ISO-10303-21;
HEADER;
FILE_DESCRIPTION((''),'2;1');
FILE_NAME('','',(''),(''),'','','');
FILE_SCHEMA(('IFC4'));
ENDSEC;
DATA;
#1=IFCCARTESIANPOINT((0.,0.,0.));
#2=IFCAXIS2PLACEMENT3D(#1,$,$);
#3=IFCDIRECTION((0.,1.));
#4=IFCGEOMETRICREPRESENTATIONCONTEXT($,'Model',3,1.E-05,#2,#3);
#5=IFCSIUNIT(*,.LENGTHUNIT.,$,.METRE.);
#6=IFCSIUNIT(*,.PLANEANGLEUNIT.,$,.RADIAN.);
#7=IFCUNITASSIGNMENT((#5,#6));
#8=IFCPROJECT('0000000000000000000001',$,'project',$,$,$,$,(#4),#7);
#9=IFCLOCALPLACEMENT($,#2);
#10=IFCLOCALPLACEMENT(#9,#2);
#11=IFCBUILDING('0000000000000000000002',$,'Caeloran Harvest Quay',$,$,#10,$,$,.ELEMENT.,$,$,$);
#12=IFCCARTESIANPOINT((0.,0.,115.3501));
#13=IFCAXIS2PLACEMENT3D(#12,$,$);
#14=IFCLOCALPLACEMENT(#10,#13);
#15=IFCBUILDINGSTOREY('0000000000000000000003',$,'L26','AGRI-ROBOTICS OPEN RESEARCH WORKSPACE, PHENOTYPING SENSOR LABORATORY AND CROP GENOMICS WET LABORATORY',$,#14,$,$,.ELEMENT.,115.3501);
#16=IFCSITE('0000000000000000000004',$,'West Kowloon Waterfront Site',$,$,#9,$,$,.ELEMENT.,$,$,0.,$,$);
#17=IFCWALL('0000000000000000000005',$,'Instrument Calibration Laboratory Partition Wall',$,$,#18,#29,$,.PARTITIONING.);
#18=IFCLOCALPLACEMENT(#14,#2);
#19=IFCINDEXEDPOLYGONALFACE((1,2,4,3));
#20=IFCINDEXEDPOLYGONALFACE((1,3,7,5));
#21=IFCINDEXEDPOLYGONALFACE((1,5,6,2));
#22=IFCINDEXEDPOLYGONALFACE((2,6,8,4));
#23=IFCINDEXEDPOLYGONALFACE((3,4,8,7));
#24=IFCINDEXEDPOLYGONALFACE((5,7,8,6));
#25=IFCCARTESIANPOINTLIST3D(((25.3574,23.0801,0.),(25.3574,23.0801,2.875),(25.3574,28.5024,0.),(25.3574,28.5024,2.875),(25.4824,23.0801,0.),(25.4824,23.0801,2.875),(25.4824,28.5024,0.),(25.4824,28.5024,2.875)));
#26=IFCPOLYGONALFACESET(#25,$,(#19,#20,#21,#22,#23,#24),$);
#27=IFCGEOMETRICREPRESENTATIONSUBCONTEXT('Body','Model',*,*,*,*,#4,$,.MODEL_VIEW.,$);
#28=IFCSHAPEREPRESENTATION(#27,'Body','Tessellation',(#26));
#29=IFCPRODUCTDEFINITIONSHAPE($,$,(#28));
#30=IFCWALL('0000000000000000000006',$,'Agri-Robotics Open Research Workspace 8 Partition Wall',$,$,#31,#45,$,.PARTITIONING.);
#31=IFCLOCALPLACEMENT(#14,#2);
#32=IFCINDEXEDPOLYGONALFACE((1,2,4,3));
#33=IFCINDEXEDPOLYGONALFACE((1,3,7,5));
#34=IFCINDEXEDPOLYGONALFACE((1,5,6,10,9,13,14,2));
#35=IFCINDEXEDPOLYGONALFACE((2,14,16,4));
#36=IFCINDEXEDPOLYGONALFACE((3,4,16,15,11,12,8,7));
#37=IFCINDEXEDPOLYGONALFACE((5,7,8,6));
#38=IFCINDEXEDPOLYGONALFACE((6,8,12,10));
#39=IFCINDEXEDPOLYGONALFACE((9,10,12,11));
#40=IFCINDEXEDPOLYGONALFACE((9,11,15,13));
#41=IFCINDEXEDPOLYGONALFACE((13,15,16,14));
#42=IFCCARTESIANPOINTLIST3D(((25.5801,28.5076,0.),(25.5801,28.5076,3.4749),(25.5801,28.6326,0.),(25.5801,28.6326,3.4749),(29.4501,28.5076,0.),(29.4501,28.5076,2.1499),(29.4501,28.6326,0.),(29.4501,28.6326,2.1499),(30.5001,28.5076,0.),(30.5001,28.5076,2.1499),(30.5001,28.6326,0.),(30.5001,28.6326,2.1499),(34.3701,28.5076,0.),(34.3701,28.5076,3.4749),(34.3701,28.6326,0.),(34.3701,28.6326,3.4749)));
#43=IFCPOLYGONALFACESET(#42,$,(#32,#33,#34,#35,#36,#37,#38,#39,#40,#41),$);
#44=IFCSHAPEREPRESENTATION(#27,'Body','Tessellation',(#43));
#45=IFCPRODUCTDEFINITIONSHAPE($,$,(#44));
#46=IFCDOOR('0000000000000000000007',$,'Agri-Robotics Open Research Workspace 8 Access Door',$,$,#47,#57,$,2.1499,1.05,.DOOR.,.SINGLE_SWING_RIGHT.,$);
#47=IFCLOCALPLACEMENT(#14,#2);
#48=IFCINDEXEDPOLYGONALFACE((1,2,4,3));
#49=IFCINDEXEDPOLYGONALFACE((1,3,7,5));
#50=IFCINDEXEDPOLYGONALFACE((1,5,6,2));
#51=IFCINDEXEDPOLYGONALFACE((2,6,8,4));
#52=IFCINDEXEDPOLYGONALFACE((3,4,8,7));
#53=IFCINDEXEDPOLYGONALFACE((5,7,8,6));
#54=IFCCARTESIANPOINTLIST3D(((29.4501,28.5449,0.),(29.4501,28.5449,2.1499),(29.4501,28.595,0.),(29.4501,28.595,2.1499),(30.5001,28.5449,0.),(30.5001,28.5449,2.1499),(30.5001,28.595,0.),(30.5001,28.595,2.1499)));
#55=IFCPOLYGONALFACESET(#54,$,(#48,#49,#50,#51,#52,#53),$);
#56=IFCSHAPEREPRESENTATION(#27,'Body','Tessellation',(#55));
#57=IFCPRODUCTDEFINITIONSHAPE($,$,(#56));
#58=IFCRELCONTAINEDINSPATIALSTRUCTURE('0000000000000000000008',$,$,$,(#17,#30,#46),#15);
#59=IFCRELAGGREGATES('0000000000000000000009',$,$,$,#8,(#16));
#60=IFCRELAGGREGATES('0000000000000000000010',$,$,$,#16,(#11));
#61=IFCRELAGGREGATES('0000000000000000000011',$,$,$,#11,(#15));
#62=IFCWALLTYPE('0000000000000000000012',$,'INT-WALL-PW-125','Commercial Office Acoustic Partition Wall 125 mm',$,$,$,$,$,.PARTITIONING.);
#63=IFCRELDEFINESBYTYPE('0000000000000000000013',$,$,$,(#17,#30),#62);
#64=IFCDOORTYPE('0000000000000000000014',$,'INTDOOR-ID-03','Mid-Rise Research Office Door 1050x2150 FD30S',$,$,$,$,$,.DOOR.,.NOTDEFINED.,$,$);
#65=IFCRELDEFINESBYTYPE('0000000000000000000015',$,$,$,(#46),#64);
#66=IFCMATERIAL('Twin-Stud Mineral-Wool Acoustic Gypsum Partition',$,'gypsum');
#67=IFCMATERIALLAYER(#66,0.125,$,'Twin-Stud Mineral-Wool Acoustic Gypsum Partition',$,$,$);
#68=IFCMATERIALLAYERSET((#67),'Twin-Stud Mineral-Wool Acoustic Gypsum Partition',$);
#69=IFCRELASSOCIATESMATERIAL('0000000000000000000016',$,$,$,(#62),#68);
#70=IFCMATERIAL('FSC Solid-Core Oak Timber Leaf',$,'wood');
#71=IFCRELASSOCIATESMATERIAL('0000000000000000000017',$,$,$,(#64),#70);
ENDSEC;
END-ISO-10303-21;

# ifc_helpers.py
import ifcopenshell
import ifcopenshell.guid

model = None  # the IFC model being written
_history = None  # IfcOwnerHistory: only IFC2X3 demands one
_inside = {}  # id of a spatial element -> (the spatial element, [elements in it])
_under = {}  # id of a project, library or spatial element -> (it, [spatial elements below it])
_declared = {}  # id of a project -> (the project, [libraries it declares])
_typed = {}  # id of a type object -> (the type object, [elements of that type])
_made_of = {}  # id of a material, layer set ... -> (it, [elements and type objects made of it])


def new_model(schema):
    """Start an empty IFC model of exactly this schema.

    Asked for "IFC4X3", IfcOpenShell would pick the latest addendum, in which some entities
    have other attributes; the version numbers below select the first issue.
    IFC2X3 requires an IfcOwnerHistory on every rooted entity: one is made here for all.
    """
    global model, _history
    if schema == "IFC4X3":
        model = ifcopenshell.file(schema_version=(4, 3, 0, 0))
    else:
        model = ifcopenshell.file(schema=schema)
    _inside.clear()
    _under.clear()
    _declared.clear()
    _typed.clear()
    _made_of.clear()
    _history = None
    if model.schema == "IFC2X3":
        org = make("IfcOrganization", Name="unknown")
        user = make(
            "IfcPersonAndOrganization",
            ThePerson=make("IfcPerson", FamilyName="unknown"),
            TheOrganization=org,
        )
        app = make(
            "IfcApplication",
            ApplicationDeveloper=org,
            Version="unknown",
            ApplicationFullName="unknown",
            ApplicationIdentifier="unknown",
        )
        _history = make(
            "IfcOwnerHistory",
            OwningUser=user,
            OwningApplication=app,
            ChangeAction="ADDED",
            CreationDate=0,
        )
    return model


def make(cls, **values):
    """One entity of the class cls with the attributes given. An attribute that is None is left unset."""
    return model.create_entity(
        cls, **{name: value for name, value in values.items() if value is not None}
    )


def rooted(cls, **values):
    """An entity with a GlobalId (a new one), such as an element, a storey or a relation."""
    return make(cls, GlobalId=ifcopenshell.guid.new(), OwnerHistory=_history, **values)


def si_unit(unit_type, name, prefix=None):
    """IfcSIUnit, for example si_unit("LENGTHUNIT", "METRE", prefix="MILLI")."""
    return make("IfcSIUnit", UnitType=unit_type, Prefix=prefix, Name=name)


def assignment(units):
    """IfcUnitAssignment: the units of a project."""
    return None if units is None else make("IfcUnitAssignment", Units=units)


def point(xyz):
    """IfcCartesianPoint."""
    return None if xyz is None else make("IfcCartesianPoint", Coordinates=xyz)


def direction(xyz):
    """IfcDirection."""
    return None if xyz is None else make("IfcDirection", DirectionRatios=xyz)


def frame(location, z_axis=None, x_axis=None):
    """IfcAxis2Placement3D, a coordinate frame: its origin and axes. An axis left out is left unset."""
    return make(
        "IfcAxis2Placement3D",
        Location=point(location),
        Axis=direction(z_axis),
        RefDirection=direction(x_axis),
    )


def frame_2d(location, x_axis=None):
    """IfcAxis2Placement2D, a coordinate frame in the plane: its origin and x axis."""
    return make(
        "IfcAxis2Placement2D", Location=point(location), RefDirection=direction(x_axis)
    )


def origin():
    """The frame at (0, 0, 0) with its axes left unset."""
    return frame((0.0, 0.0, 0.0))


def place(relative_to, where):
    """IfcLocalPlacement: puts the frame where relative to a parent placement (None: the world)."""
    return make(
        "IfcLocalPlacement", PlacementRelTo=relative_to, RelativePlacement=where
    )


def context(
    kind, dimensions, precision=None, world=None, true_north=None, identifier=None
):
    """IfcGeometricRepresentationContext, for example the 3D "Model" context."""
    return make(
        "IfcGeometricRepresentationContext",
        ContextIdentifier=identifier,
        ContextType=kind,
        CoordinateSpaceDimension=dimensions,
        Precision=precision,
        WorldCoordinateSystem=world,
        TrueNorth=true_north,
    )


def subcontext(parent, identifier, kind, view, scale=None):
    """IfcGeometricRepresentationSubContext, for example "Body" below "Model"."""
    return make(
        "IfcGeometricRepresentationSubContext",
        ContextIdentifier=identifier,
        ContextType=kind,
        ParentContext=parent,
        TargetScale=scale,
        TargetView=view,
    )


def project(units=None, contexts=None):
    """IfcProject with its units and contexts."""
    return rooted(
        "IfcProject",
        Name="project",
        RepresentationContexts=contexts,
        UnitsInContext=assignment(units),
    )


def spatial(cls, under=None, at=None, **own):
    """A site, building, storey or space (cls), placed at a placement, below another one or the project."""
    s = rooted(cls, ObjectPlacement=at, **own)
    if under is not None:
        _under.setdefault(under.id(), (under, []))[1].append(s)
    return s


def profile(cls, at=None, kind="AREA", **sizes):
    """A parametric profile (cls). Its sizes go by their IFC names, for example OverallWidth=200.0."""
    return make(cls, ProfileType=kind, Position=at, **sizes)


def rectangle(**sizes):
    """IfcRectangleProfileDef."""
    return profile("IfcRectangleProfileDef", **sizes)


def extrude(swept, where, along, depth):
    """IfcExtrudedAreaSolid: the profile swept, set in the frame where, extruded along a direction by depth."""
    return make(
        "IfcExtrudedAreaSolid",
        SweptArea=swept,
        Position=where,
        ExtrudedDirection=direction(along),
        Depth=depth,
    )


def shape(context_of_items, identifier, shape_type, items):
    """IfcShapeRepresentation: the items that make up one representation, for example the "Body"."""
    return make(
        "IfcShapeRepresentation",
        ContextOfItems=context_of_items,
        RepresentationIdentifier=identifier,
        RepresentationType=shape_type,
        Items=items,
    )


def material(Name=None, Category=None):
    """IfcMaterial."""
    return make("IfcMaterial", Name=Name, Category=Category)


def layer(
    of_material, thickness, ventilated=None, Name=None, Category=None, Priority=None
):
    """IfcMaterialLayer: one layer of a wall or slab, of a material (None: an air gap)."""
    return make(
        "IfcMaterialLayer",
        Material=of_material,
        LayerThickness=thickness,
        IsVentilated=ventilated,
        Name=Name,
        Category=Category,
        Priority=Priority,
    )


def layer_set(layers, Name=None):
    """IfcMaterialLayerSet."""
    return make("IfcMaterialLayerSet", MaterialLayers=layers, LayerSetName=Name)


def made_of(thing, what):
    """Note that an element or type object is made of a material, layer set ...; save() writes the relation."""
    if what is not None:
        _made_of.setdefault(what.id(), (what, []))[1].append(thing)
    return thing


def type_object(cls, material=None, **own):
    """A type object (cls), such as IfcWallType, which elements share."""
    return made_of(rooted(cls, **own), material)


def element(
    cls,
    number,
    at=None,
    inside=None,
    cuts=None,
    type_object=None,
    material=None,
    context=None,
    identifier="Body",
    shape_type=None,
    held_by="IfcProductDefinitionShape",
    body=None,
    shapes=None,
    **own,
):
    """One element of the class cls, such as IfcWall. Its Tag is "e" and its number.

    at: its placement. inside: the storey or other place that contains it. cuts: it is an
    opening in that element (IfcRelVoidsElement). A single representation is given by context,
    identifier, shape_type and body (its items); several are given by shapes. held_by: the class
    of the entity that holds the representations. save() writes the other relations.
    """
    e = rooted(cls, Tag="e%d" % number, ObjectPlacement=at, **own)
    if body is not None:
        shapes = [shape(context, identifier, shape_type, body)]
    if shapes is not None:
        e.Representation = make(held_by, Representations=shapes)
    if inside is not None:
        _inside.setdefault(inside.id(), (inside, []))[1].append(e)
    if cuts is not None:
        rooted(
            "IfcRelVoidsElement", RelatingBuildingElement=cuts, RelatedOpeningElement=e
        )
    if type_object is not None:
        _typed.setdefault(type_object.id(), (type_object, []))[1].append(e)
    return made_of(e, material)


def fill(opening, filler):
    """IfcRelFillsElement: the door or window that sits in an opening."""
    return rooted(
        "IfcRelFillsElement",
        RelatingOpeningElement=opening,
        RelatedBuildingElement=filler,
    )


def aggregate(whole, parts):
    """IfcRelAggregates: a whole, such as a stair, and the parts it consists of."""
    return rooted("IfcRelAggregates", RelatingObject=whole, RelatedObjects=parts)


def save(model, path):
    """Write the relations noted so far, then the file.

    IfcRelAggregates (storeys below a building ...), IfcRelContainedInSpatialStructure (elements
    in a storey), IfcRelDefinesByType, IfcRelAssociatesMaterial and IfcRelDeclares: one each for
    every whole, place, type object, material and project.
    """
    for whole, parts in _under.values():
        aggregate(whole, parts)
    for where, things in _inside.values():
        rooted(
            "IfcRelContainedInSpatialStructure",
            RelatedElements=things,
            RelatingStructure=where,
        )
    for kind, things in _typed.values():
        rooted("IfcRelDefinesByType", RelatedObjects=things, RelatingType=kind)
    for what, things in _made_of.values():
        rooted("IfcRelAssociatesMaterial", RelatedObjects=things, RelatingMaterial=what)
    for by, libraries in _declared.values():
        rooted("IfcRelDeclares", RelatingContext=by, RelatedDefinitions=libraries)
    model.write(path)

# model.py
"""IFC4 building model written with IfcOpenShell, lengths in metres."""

from ifc_helpers import new_model, si_unit, direction, frame, frame_2d, origin, place, context, subcontext, project, spatial, rectangle, extrude, material, layer, layer_set, type_object, element, fill, save


model = new_model("IFC4")

# Units and contexts
model_context = context("Model", 3, precision=1e-05, world=origin(), true_north=direction((0.0, 1.0)))
body_context = subcontext(model_context, "Body", "Model", "MODEL_VIEW")
ifc_project = project(units=[si_unit("LENGTHUNIT", "METRE"), si_unit("PLANEANGLEUNIT", "RADIAN")], contexts=[model_context])

# Site, building, storey
site_placement = place(None, origin())
site = spatial("IfcSite", under=ifc_project, at=site_placement, Name="West Kowloon Waterfront Site", CompositionType="ELEMENT", RefElevation=0.0)
building_placement = place(site_placement, origin())
building = spatial("IfcBuilding", under=site, at=building_placement, Name="Caeloran Harvest Quay", CompositionType="ELEMENT")
storey_placement = place(building_placement, frame((0.0, 0.0, 115.3501)))
storey = spatial("IfcBuildingStorey", under=building, at=storey_placement, Name="L26", Description="AGRI-ROBOTICS OPEN RESEARCH WORKSPACE, PHENOTYPING SENSOR LABORATORY AND CROP GENOMICS WET LABORATORY", CompositionType="ELEMENT", Elevation=115.3501)

# Wall
ifc_material_1 = material(Name="Twin-Stud Mineral-Wool Acoustic Gypsum Partition", Category="gypsum")
ifc_layer = layer(ifc_material_1, 0.125, Name="Twin-Stud Mineral-Wool Acoustic Gypsum Partition")
ifc_layer_set = layer_set([ifc_layer], Name="Twin-Stud Mineral-Wool Acoustic Gypsum Partition")
wall_type = type_object("IfcWallType", Name="INT-WALL-PW-125", Description="Commercial Office Acoustic Partition Wall 125 mm", PredefinedType="PARTITIONING", material=ifc_layer_set)
wall_1_placement = place(storey_placement, frame((25.4199, 28.5024, 0.0), z_axis=(0.0, 0.0, 1.0), x_axis=(0.0, -1.0, 0.0)))
element("IfcWall", 1, at=wall_1_placement, inside=storey, type_object=wall_type, Name="Instrument Calibration Laboratory Partition Wall", PredefinedType="PARTITIONING", context=body_context, shape_type="SweptSolid", body=[
    extrude(rectangle(XDim=5.4224, YDim=0.125, at=frame_2d((2.7112, 0.0))), origin(), (0.0, 0.0, 1.0), 2.875),
])

# Wall, opening, door
wall_2_placement = place(storey_placement, frame((25.5801, 28.5701, 0.0), z_axis=(0.0, 0.0, 1.0), x_axis=(1.0, 0.0, 0.0)))
wall_2 = element("IfcWall", 2, at=wall_2_placement, inside=storey, type_object=wall_type, Name="Agri-Robotics Open Research Workspace 8 Partition Wall", PredefinedType="PARTITIONING", context=body_context, shape_type="SweptSolid", body=[
    extrude(rectangle(XDim=8.79, YDim=0.125, at=frame_2d((4.395, 0.0))), origin(), (0.0, 0.0, 1.0), 3.4749),
])
opening_placement = place(wall_2_placement, frame((3.8701, 0.0, 0.0)))
opening = element("IfcOpeningElement", 3, at=opening_placement, cuts=wall_2, PredefinedType="OPENING", context=body_context, shape_type="SweptSolid", body=[
    extrude(rectangle(XDim=1.05, YDim=2.1499, at=frame_2d((0.5249, 1.075))), frame((0.0, 0.0725, 0.0), z_axis=(0.0, -1.0, 0.0), x_axis=(1.0, 0.0, 0.0)), (0.0, 0.0, 1.0), 0.145),
])
ifc_material_2 = material(Name="FSC Solid-Core Oak Timber Leaf", Category="wood")
door_type = type_object("IfcDoorType", Name="INTDOOR-ID-03", Description="Mid-Rise Research Office Door 1050x2150 FD30S", OperationType="NOTDEFINED", PredefinedType="DOOR", material=ifc_material_2)
door_placement = place(opening_placement, origin())
door = element("IfcDoor", 4, at=door_placement, inside=storey, type_object=door_type, Name="Agri-Robotics Open Research Workspace 8 Access Door", OperationType="SINGLE_SWING_RIGHT", OverallHeight=2.1499, OverallWidth=1.05, PredefinedType="DOOR", context=body_context, shape_type="SweptSolid", body=[
    extrude(rectangle(XDim=1.05, YDim=2.1499, at=frame_2d((0.5249, 1.075))), frame((0.0, 0.0249, 0.0), z_axis=(0.0, -1.0, 0.0), x_axis=(1.0, 0.0, 0.0)), (0.0, 0.0, 1.0), 0.05),
])
fill(opening, door)

save(model, "model.ifc")
